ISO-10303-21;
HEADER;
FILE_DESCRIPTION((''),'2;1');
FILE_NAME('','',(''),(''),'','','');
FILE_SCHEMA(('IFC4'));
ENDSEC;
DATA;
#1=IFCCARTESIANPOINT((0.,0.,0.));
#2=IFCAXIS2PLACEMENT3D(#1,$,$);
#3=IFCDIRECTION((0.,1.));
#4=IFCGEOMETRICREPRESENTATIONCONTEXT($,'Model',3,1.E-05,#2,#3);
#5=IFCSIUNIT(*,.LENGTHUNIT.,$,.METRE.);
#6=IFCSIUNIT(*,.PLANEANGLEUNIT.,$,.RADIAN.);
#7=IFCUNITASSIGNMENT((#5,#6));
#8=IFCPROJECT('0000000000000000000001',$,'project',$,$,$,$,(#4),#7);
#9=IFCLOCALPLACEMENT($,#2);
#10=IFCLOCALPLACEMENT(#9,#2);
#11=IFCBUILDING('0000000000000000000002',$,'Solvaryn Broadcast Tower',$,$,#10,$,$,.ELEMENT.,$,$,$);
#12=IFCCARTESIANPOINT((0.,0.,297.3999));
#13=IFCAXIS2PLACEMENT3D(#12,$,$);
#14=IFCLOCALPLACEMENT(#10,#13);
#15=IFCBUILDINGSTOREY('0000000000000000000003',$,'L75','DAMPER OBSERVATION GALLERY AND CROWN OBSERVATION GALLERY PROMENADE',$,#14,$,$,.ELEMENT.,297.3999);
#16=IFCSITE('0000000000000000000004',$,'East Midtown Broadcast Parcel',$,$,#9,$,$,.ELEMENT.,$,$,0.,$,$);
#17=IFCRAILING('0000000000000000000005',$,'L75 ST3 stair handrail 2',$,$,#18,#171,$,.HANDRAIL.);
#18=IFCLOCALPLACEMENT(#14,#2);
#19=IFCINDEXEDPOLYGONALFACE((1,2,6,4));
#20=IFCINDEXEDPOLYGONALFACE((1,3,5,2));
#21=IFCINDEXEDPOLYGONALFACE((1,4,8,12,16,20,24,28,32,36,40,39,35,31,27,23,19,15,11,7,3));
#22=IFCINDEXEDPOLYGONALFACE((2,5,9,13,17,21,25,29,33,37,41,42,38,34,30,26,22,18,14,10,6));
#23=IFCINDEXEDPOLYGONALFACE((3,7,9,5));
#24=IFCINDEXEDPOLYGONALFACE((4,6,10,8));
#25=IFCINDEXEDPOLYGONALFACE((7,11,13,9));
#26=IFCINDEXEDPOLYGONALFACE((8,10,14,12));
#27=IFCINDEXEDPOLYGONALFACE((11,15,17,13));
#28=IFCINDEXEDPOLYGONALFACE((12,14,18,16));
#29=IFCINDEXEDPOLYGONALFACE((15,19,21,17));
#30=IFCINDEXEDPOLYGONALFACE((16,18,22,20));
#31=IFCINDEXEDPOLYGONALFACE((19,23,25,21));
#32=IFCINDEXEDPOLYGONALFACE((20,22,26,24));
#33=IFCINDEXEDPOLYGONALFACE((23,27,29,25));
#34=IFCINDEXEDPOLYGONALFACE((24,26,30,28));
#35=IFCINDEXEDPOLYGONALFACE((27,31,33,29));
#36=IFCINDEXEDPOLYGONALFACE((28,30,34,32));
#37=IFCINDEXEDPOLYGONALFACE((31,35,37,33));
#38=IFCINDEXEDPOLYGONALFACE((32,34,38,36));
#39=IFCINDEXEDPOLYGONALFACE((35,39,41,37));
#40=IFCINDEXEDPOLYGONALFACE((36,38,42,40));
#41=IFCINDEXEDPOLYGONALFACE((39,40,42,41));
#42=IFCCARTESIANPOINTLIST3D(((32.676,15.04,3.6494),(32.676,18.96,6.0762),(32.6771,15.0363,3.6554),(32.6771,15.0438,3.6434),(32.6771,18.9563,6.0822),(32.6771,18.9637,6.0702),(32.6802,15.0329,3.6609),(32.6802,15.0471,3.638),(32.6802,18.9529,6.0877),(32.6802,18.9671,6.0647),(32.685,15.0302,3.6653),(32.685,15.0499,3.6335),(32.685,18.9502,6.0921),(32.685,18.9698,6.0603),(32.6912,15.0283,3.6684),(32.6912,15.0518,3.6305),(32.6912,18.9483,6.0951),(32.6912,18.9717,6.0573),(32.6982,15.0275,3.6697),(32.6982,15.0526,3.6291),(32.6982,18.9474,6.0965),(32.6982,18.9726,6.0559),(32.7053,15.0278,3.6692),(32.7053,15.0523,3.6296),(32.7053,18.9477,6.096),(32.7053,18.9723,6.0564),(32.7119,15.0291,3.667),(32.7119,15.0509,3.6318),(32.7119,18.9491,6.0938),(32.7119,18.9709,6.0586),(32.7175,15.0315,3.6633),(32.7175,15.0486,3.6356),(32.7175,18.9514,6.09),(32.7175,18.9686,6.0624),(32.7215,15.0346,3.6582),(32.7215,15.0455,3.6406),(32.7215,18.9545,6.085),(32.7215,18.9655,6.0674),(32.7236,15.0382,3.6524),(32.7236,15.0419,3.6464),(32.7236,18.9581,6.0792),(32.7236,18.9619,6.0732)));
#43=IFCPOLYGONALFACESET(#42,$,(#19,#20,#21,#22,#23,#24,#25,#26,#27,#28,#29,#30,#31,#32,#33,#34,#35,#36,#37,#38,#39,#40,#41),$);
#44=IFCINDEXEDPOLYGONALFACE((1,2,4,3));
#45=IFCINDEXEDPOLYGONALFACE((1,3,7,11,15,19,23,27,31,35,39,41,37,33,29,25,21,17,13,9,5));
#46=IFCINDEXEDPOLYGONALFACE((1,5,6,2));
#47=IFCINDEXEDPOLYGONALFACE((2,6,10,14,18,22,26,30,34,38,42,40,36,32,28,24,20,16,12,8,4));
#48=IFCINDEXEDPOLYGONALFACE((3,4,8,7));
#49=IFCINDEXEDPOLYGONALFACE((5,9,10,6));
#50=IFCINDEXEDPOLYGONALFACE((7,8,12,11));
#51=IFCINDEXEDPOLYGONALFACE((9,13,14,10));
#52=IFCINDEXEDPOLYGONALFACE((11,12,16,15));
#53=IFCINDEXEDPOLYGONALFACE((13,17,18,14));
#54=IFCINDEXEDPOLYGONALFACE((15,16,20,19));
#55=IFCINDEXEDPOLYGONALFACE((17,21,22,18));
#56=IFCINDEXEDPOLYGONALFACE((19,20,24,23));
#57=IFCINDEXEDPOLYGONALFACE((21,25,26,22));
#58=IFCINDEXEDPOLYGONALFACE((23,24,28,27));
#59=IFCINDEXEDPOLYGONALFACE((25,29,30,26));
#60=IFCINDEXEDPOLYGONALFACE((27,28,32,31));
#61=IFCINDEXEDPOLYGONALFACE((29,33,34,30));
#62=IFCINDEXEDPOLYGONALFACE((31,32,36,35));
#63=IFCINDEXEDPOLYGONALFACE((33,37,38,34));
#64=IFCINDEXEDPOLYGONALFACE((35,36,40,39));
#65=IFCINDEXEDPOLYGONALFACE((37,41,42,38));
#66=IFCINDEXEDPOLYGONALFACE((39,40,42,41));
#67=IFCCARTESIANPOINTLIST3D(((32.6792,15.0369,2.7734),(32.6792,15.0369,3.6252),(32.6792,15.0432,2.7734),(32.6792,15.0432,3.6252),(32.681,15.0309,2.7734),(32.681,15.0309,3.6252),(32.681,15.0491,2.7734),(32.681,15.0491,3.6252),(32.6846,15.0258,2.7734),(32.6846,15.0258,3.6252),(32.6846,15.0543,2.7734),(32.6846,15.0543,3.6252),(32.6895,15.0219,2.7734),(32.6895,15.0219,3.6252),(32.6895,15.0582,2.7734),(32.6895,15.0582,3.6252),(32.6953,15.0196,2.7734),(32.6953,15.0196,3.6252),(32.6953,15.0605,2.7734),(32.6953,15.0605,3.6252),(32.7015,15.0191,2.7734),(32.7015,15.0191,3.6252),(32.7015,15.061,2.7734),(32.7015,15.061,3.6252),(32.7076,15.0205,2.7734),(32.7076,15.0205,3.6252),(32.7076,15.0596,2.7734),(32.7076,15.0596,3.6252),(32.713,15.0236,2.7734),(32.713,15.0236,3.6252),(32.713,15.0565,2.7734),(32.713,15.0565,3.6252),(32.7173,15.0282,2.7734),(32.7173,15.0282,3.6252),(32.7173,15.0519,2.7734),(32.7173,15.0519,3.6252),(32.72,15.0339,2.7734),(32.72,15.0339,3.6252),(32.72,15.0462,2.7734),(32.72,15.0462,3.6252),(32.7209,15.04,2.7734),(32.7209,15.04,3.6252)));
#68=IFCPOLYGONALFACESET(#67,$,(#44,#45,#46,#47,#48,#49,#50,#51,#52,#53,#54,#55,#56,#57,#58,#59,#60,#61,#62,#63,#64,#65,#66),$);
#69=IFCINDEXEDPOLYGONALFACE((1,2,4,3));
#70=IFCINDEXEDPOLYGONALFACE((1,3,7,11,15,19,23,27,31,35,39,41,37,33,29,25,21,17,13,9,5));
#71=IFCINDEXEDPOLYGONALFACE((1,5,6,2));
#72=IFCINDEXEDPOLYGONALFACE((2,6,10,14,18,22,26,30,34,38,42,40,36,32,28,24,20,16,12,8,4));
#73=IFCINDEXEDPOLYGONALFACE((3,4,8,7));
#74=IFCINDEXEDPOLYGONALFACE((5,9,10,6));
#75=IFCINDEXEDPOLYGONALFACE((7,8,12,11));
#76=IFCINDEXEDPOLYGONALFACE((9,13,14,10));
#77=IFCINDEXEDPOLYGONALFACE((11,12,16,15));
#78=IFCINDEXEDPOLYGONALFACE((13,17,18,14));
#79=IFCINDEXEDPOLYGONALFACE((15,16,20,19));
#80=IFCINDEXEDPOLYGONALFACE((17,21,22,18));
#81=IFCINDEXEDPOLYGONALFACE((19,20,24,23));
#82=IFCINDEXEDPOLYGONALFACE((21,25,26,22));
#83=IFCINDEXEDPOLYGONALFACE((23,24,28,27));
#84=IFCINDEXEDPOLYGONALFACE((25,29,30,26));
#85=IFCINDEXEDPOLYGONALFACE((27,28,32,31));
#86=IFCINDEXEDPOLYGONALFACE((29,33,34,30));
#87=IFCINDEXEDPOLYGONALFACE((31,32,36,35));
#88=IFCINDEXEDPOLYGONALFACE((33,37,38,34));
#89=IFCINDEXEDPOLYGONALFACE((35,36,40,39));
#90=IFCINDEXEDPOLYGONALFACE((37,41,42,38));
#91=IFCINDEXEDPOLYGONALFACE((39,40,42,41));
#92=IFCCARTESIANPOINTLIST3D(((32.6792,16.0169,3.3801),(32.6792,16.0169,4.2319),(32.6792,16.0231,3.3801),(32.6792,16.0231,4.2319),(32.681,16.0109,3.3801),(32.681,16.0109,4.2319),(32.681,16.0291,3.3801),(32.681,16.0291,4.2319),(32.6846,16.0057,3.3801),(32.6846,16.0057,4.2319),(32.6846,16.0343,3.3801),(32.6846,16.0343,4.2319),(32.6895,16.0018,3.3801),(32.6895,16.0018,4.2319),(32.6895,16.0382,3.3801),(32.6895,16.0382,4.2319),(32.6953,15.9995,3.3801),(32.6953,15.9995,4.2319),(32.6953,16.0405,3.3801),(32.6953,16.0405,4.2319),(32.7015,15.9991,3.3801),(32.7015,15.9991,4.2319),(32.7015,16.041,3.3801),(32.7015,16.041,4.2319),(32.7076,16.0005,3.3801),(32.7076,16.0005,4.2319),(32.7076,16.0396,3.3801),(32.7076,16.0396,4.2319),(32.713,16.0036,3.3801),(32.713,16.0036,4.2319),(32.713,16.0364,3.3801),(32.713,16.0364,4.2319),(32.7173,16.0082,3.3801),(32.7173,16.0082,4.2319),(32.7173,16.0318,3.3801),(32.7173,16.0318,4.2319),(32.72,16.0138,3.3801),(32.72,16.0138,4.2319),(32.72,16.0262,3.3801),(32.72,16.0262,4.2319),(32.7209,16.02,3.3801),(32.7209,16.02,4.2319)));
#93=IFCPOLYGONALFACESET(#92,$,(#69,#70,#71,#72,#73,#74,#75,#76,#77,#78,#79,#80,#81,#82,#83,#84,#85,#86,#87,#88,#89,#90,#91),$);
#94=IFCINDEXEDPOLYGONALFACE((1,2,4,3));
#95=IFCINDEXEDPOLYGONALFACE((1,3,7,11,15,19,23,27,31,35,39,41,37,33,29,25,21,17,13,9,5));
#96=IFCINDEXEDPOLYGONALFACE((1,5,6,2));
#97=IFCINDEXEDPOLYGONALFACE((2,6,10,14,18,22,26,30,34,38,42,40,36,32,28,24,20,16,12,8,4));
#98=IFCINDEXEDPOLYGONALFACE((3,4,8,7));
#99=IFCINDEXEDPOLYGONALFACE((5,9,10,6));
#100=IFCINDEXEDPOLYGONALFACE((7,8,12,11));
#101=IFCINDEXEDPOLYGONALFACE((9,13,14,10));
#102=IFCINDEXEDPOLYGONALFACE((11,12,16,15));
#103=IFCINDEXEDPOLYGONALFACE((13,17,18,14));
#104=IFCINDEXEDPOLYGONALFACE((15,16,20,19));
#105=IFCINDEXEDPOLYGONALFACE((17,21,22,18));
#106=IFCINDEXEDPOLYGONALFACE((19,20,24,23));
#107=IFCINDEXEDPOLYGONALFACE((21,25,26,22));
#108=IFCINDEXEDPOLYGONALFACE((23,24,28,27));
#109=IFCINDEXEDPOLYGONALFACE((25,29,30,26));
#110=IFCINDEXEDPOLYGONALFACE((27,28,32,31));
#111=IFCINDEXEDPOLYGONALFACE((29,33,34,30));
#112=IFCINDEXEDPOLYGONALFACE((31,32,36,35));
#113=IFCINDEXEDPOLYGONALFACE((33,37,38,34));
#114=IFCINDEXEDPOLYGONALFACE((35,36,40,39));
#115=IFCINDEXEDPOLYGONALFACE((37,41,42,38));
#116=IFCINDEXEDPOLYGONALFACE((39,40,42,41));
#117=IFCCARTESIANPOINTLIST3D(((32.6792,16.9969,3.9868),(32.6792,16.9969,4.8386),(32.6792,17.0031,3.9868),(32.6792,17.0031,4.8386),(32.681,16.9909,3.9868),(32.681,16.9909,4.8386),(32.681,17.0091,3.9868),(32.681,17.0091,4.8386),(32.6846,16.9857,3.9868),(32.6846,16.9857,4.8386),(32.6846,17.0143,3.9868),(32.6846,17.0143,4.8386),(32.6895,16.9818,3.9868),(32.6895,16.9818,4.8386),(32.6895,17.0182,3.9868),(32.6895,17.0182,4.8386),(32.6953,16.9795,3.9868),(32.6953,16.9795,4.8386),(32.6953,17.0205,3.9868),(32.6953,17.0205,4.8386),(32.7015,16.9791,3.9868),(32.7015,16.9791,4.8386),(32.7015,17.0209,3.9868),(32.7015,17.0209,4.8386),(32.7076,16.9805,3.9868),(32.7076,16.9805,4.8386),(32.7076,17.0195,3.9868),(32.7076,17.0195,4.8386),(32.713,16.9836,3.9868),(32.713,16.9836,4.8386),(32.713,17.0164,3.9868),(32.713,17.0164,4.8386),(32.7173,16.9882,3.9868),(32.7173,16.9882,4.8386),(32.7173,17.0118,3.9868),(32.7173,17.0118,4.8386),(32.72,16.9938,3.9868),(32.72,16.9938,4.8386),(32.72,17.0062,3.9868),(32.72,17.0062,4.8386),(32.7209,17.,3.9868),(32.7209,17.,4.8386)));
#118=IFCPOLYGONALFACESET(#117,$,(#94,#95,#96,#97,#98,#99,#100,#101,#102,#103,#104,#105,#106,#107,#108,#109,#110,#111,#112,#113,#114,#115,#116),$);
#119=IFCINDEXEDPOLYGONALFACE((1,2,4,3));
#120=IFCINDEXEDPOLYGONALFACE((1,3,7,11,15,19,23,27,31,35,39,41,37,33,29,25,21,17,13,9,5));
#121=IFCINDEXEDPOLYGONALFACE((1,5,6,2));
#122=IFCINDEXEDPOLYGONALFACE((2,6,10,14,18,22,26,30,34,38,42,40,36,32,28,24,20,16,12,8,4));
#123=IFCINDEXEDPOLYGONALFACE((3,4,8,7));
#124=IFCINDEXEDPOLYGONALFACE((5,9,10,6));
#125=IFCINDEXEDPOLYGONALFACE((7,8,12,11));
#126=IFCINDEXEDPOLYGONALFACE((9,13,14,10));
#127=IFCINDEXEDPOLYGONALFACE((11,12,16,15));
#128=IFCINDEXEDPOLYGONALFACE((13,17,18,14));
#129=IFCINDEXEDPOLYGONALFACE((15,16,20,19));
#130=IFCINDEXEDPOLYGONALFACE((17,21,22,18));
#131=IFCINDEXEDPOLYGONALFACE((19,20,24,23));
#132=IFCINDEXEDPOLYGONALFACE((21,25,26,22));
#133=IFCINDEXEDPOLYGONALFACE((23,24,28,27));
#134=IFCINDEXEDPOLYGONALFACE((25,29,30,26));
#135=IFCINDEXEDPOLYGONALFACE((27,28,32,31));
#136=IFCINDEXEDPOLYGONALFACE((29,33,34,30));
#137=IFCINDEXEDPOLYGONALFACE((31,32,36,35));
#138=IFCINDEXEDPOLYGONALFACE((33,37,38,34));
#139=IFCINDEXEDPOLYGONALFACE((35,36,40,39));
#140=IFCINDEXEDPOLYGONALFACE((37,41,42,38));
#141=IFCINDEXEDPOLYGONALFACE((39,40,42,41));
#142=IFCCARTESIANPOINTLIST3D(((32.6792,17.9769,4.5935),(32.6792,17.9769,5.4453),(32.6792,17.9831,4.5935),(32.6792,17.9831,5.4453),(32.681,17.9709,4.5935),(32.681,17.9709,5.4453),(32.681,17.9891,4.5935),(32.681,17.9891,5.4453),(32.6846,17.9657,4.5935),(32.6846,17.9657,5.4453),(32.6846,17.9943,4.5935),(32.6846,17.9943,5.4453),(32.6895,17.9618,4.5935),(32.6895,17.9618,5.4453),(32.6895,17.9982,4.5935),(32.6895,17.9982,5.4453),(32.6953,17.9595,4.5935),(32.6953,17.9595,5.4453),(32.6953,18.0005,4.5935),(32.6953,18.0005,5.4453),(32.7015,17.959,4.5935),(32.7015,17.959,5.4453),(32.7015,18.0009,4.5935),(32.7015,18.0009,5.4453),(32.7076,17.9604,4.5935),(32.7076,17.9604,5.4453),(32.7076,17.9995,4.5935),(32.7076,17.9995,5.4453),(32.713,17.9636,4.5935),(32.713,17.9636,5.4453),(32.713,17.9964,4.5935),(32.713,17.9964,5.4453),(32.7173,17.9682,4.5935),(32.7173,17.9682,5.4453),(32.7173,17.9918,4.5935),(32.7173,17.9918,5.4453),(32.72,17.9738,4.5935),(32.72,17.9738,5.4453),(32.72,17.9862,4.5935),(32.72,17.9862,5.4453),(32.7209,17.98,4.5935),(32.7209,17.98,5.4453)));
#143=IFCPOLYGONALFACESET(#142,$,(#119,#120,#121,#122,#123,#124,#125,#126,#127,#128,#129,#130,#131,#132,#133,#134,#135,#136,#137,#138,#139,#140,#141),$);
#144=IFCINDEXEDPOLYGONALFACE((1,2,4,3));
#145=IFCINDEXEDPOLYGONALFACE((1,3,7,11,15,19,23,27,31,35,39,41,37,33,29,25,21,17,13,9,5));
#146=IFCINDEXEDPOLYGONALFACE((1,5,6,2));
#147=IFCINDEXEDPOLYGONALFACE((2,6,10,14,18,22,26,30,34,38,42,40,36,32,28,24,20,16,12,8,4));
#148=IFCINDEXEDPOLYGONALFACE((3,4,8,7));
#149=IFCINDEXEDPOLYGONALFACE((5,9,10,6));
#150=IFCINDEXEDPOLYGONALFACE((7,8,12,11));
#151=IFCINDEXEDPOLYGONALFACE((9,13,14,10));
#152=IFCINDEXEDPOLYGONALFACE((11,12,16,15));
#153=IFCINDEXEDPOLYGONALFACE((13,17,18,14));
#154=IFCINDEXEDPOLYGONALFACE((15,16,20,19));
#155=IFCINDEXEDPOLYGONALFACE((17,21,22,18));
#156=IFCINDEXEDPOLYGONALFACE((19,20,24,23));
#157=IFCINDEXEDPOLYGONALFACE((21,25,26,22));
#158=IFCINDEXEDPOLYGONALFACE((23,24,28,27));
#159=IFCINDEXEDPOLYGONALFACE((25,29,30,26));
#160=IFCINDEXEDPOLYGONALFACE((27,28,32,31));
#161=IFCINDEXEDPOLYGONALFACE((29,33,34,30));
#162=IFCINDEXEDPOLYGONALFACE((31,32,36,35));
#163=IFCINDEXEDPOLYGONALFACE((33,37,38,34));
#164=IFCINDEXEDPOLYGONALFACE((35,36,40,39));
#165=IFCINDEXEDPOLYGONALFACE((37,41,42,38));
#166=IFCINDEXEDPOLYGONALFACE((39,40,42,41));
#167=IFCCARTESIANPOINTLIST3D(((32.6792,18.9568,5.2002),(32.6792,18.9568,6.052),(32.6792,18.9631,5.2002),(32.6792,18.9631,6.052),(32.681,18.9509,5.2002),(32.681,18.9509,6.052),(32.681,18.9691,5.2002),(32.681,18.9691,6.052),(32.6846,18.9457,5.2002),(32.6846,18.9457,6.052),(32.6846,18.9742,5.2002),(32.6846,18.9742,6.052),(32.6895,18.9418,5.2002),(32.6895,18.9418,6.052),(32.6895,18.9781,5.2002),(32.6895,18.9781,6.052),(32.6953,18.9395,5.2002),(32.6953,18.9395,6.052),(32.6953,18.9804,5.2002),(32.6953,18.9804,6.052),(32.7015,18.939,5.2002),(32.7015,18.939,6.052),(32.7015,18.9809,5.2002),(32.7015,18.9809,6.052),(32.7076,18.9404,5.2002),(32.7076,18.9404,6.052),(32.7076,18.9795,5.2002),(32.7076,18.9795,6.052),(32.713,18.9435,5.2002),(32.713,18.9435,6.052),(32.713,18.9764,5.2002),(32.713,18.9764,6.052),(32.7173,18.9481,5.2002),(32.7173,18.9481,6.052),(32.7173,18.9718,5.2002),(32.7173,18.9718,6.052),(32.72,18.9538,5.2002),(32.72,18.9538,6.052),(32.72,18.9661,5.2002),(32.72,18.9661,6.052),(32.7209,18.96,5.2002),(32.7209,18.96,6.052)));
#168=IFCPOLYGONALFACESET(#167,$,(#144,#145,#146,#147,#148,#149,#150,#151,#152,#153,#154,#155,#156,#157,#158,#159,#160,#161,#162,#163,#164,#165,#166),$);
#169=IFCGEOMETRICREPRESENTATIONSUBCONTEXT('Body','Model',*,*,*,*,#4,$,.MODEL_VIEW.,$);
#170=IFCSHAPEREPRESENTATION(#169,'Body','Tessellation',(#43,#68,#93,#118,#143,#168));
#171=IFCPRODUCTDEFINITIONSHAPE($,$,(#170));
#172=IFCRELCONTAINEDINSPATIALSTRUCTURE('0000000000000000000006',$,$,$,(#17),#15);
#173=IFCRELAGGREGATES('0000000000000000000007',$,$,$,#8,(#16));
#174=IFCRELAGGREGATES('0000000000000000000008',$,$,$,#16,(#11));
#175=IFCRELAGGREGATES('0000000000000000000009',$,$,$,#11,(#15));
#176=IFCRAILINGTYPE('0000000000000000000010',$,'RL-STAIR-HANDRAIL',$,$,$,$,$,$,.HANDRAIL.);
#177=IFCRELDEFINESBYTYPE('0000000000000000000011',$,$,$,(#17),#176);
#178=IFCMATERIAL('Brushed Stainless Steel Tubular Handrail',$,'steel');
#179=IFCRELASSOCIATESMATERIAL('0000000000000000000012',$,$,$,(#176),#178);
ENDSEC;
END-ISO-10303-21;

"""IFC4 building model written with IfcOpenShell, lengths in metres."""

from ifc_helpers import new_model, si_unit, direction, frame, origin, origin_2d, place, context, subcontext, project, spatial, circle, extrude, material, type_object, element, save


model = new_model("IFC4")

# Units and contexts
model_context = context("Model", 3, precision=1e-05, world=origin(), true_north=direction((0.0, 1.0)))
body_context = subcontext(model_context, "Body", "Model", "MODEL_VIEW")
ifc_project = project(units=[si_unit("LENGTHUNIT", "METRE"), si_unit("PLANEANGLEUNIT", "RADIAN")], contexts=[model_context])

# Site, building, storey
site_placement = place(None, origin())
site = spatial("IfcSite", under=ifc_project, at=site_placement, Name="East Midtown Broadcast Parcel", CompositionType="ELEMENT", RefElevation=0.0)
building_placement = place(site_placement, origin())
building = spatial("IfcBuilding", under=site, at=building_placement, Name="Solvaryn Broadcast Tower", CompositionType="ELEMENT")
storey_placement = place(building_placement, frame((0.0, 0.0, 297.3999)))
storey = spatial("IfcBuildingStorey", under=building, at=storey_placement, Name="L75", Description="DAMPER OBSERVATION GALLERY AND CROWN OBSERVATION GALLERY PROMENADE", CompositionType="ELEMENT", Elevation=297.3999)

# Railing
ifc_material_1 = material(Name="Brushed Stainless Steel Tubular Handrail", Category="steel")
railing_type_1 = type_object("IfcRailingType", Name="RL-STAIR-HANDRAIL", PredefinedType="HANDRAIL", material=ifc_material_1)
railing_1_placement = place(storey_placement, frame((32.7, 15.04, 2.7734)))
element("IfcRailing", 1, at=railing_1_placement, inside=storey, type_object=railing_type_1, Name="L75 ST3 stair handrail 2", PredefinedType="HANDRAIL", context=body_context, shape_type="SweptSolid", body=[
    extrude(circle(Radius=0.0239, at=origin_2d()), frame((0.0, 0.0, 0.876), z_axis=(0.0, 0.850252, 0.526376), x_axis=(-1.0, 0.0, 0.0)), (0.0, 0.0, 1.0), 4.6104),
    extrude(circle(Radius=0.021, at=origin_2d()), origin(), (0.0, 0.0, 1.0), 0.8518),
    extrude(circle(Radius=0.021, at=origin_2d()), frame((0.0, 0.98, 0.6067)), (0.0, 0.0, 1.0), 0.8518),
    extrude(circle(Radius=0.021, at=origin_2d()), frame((0.0, 1.96, 1.2134)), (0.0, 0.0, 1.0), 0.8518),
    extrude(circle(Radius=0.021, at=origin_2d()), frame((0.0, 2.9399, 1.8201)), (0.0, 0.0, 1.0), 0.8518),
    extrude(circle(Radius=0.021, at=origin_2d()), frame((0.0, 3.9199, 2.4268)), (0.0, 0.0, 1.0), 0.8518),
])

save(model, "model.ifc")
